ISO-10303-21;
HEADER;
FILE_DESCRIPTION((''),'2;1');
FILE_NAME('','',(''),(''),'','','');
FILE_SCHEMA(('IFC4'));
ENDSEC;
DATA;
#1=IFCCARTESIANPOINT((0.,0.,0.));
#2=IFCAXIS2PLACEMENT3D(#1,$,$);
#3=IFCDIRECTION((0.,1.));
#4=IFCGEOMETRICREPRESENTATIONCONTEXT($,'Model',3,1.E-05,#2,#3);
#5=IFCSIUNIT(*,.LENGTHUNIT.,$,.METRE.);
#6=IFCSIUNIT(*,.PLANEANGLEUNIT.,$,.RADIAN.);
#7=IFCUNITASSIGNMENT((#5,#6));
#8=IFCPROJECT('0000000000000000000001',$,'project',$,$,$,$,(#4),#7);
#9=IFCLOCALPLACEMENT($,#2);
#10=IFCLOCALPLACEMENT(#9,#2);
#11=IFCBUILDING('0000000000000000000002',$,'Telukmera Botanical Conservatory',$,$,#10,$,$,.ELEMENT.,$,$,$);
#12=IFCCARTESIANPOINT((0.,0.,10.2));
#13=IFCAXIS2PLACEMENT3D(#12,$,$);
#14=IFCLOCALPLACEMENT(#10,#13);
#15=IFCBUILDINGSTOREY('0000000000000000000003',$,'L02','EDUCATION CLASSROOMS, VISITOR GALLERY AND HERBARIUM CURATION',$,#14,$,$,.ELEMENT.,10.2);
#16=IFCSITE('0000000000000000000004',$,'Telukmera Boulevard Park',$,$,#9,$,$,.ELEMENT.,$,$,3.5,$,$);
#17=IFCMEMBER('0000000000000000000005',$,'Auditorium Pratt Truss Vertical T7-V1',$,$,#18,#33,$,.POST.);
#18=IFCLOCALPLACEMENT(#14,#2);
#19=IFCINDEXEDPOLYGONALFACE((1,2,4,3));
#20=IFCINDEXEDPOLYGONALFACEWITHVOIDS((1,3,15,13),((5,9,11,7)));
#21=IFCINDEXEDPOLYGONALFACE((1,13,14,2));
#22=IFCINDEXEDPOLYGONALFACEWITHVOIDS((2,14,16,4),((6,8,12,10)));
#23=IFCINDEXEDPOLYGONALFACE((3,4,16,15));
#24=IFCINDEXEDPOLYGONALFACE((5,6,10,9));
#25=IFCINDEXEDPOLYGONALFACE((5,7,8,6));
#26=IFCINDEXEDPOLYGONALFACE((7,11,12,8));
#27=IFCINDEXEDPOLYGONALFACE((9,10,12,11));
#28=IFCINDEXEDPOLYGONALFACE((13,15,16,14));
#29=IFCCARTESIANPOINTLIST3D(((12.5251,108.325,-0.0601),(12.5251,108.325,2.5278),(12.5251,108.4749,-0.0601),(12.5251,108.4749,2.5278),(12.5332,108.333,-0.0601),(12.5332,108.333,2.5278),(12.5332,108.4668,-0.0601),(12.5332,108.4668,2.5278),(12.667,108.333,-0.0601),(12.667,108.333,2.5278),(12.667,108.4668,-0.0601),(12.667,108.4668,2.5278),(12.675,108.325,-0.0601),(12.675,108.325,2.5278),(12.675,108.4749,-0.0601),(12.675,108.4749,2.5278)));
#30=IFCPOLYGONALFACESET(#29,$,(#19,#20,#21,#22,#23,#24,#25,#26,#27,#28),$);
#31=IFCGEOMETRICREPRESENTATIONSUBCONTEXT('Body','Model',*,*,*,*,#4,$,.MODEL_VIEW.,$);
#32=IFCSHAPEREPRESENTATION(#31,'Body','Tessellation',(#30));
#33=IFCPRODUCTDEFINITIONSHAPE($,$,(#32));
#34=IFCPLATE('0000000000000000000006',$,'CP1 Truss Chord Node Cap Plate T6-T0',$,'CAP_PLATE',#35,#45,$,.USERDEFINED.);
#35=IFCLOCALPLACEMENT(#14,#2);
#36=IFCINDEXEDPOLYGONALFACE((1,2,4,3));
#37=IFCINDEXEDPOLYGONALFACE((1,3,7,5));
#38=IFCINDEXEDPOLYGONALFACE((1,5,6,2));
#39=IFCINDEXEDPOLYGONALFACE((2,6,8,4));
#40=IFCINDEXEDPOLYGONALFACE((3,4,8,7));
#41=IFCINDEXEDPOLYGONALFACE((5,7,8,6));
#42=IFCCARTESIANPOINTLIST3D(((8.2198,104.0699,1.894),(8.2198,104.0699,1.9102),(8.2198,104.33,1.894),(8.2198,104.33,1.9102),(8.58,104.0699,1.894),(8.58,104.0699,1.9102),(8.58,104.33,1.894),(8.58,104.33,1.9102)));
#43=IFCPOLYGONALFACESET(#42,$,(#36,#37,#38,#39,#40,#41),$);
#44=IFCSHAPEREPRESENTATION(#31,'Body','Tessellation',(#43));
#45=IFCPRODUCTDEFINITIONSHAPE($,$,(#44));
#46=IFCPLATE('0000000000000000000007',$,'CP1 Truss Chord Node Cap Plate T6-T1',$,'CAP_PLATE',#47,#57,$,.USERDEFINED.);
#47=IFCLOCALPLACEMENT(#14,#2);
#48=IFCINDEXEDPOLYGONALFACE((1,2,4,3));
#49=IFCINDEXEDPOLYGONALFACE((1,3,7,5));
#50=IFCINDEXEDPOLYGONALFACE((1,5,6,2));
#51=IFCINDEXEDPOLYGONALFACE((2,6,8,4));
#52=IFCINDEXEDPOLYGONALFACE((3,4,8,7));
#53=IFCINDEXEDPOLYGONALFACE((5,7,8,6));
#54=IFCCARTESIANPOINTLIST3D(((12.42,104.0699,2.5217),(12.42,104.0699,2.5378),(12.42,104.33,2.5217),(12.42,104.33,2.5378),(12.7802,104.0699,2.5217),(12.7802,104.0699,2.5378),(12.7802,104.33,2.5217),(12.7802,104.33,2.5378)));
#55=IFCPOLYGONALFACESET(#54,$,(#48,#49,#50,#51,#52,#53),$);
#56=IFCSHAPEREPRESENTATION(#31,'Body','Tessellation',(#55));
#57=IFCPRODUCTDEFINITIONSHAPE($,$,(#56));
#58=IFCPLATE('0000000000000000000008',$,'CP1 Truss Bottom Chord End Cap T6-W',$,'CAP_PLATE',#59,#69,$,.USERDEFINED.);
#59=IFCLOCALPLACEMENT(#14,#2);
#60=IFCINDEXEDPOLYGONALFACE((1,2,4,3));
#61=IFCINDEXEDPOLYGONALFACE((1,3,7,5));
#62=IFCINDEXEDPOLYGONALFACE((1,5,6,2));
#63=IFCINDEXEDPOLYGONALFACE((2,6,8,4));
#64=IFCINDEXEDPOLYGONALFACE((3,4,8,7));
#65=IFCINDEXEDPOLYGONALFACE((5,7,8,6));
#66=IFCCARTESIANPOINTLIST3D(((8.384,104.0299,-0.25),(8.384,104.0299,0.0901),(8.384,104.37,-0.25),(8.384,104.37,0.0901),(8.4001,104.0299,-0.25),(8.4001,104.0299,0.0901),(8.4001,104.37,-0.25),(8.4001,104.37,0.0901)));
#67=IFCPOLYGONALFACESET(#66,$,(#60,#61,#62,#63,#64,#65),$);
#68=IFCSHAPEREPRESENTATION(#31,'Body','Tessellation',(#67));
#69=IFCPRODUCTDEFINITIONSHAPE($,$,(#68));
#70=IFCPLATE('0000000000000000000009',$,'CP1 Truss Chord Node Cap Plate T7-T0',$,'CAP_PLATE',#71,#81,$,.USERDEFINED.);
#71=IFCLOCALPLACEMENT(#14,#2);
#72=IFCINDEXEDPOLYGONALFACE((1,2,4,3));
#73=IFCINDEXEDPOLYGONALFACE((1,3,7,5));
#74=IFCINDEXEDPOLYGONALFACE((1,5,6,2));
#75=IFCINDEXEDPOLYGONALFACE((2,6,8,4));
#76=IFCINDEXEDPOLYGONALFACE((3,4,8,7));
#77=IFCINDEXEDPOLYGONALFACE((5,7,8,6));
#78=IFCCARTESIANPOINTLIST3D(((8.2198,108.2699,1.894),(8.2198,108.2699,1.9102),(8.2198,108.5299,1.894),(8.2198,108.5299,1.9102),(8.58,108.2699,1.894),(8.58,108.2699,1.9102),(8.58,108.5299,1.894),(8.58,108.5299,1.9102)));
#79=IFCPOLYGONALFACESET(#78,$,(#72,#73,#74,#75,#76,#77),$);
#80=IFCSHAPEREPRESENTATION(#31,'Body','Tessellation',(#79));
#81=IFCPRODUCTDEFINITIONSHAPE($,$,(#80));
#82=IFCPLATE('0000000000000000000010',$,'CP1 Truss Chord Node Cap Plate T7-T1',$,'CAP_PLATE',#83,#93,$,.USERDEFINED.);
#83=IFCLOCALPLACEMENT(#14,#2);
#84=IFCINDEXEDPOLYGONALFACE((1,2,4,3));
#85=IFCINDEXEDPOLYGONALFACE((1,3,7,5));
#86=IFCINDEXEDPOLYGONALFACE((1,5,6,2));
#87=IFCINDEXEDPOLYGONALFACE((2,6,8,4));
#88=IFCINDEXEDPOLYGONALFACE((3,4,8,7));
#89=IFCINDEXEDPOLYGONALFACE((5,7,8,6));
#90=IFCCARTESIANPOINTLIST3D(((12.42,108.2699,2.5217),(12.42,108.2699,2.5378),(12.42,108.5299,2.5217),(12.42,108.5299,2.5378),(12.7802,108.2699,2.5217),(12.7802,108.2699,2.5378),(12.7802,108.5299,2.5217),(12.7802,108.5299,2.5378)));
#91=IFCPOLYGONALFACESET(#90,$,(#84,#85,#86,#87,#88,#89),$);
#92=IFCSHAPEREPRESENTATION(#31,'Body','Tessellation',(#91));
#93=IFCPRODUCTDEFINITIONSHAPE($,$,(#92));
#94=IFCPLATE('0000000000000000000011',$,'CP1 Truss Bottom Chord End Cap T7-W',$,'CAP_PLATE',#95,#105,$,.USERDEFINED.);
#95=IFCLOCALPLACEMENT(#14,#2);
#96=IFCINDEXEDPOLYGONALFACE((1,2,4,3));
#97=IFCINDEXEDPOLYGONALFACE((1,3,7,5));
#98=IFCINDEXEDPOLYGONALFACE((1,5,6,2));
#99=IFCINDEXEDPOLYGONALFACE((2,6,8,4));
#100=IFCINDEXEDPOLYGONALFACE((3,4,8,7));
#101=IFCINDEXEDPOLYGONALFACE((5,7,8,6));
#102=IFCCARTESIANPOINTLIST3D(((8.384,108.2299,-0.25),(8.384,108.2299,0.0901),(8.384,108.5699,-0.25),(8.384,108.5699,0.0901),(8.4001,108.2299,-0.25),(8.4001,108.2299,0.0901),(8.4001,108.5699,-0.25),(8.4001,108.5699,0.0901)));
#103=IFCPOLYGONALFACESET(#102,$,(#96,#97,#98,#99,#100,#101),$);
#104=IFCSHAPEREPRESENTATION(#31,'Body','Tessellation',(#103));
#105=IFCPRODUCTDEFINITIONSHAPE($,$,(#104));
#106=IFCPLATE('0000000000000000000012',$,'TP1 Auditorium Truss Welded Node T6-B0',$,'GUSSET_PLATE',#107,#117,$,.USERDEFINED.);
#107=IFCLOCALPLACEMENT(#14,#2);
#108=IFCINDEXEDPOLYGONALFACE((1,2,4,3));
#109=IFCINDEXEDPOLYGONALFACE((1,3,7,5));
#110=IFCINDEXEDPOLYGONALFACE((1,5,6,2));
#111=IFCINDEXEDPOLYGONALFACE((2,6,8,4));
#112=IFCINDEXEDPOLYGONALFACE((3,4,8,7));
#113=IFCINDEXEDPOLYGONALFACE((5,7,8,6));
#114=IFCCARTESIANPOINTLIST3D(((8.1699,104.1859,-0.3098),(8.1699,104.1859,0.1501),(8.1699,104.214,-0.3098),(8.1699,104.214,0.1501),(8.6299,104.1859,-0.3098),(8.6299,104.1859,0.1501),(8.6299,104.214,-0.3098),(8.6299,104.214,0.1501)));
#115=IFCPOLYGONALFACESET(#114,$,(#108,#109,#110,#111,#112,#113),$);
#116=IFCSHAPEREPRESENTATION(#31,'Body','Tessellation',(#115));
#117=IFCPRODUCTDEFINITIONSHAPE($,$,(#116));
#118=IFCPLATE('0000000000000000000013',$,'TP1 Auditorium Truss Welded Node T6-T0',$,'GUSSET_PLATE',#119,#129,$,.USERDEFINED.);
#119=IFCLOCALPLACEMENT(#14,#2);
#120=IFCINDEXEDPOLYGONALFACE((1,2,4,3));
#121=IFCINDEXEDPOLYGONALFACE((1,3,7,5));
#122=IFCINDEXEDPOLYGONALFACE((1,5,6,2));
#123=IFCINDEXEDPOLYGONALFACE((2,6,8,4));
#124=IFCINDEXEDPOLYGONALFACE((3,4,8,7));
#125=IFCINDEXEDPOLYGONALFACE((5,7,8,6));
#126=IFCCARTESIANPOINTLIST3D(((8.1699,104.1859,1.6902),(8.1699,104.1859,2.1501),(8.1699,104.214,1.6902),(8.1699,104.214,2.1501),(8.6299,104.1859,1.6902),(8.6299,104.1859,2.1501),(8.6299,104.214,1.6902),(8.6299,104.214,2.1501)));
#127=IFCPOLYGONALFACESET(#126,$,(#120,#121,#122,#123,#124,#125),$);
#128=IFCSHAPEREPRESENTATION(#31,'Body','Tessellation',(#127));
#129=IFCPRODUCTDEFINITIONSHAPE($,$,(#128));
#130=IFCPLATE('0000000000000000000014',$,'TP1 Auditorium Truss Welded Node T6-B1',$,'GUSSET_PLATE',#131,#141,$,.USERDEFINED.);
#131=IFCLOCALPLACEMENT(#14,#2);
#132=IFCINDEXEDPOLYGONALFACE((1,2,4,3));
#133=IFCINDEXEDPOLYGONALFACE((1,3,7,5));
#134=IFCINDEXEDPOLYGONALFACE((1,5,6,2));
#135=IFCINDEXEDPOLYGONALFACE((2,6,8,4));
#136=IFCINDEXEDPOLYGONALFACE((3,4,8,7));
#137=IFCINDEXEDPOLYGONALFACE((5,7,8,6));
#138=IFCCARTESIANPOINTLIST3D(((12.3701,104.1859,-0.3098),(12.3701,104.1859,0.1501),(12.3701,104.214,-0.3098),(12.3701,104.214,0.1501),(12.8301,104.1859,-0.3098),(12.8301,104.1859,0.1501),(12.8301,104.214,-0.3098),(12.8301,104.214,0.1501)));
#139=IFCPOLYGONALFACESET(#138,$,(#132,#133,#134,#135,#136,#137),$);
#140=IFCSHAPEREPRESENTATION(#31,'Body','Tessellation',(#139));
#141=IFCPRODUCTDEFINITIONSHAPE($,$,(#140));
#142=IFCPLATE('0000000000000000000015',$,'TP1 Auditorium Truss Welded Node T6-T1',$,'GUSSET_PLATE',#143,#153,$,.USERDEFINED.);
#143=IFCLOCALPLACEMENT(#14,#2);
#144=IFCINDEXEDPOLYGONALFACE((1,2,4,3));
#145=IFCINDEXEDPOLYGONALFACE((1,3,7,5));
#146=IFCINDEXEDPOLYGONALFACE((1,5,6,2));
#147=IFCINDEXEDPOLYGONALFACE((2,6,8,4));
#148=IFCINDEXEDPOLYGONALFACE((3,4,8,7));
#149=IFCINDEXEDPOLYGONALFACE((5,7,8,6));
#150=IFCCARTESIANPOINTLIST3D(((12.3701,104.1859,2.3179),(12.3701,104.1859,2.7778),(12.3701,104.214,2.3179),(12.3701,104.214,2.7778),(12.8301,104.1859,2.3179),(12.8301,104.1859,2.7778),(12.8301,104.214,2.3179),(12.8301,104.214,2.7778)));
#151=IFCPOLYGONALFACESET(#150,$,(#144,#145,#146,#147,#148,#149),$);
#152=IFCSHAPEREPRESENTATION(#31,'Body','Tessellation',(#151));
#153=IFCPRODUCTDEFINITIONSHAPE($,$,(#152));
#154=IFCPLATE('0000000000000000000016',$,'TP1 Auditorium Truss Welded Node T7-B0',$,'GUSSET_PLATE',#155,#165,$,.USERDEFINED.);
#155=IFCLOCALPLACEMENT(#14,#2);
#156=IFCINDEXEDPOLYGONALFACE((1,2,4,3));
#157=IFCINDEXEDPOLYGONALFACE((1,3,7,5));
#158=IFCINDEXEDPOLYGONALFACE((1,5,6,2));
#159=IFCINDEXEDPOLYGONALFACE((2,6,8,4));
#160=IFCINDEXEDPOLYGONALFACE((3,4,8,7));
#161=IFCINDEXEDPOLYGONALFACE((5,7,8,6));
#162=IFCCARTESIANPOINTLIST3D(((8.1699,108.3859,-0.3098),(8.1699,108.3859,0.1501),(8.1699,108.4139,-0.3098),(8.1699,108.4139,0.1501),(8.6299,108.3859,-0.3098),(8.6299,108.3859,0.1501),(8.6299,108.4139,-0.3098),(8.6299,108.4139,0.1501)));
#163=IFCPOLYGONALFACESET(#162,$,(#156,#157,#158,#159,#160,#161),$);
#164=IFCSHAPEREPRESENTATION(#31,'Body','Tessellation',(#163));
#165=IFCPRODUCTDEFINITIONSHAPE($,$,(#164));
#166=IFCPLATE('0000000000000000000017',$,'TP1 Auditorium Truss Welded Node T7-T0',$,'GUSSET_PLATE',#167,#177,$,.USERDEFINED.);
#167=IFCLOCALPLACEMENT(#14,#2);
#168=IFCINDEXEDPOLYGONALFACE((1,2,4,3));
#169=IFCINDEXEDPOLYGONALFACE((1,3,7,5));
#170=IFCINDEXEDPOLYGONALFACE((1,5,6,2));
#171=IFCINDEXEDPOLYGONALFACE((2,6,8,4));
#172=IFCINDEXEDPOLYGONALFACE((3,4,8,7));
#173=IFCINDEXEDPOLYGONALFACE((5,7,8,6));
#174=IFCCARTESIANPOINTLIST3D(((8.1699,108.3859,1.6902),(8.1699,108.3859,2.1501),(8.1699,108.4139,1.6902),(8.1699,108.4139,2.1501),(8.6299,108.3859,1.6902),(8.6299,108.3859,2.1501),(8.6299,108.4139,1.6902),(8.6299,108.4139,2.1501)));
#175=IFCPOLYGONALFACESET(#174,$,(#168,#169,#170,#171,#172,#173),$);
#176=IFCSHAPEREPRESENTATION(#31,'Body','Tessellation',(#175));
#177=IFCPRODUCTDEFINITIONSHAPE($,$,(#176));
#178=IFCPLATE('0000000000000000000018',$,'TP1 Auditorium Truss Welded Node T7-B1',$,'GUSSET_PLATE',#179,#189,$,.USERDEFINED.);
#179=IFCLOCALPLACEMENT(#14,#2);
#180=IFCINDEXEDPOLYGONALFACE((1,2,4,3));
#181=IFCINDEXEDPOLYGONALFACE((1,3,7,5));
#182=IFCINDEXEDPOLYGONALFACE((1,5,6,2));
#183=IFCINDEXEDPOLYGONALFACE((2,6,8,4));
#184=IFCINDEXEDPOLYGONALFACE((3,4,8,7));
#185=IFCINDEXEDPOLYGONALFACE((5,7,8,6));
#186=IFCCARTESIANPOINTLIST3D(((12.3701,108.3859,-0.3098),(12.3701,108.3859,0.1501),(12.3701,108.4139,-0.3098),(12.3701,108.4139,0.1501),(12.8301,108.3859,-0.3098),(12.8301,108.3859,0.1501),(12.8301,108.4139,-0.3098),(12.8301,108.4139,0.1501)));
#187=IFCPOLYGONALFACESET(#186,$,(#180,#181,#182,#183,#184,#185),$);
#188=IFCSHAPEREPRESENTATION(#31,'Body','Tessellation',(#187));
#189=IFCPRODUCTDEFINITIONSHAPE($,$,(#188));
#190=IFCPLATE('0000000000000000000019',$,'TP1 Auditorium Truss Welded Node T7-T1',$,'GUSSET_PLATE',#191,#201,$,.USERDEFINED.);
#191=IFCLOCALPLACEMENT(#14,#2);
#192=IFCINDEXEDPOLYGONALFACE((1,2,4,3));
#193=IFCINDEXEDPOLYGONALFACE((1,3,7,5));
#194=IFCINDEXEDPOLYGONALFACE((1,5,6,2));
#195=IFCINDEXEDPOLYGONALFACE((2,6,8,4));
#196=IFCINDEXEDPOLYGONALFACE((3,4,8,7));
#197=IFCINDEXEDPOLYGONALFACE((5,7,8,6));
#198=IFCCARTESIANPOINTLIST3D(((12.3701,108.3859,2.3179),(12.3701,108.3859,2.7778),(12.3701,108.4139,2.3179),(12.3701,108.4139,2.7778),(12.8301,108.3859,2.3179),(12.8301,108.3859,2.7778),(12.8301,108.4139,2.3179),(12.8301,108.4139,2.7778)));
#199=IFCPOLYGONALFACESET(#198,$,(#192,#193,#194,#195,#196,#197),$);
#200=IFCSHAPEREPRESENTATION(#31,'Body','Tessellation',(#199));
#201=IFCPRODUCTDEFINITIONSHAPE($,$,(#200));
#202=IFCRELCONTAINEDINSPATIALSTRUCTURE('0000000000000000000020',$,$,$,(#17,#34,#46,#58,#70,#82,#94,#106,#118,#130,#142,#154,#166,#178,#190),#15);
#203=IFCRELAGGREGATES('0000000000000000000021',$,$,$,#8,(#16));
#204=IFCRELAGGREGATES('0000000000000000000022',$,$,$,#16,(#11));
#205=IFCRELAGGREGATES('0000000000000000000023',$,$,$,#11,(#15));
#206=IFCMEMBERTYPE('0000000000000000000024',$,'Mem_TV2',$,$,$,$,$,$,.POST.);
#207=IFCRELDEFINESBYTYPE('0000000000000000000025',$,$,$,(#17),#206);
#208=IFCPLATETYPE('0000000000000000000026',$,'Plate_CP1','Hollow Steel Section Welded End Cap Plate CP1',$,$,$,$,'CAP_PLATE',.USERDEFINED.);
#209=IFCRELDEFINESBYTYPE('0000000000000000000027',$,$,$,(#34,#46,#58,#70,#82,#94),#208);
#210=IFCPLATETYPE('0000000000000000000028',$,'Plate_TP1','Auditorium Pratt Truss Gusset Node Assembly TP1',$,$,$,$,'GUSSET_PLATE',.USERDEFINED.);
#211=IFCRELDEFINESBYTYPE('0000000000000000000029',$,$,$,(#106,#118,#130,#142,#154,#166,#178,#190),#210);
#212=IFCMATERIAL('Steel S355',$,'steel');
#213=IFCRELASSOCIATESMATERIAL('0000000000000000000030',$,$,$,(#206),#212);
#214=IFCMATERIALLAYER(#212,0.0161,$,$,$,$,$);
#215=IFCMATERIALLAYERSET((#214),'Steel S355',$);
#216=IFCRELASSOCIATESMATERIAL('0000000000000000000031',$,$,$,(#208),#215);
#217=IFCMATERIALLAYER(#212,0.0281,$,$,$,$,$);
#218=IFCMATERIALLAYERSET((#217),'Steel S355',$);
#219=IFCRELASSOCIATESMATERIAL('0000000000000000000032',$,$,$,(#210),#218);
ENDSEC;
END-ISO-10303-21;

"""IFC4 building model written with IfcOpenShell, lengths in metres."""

from ifc_helpers import new_model, si_unit, direction, frame, origin, origin_2d, place, context, subcontext, project, spatial, rectangle, hollow_rectangle, extrude, material, layer, layer_set, material_profile, profile_set, type_object, element, save


model = new_model("IFC4")

# Units and contexts
model_context = context("Model", 3, precision=1e-05, world=origin(), true_north=direction((0.0, 1.0)))
body_context = subcontext(model_context, "Body", "Model", "MODEL_VIEW")
ifc_project = project(units=[si_unit("LENGTHUNIT", "METRE"), si_unit("PLANEANGLEUNIT", "RADIAN")], contexts=[model_context])

# Site, building, storey
site_placement = place(None, origin())
site = spatial("IfcSite", under=ifc_project, at=site_placement, Name="Telukmera Boulevard Park", CompositionType="ELEMENT", RefElevation=3.5)
building_placement = place(site_placement, origin())
building = spatial("IfcBuilding", under=site, at=building_placement, Name="Telukmera Botanical Conservatory", CompositionType="ELEMENT")
storey_placement = place(building_placement, frame((0.0, 0.0, 10.2)))
storey = spatial("IfcBuildingStorey", under=building, at=storey_placement, Name="L02", Description="EDUCATION CLASSROOMS, VISITOR GALLERY AND HERBARIUM CURATION", CompositionType="ELEMENT", Elevation=10.2)

# Member
ifc_material_1 = material(Name="Steel S355", Category="steel")
ifc_material_profile_1 = material_profile(ifc_material_1, hollow_rectangle(XDim=0.1499, YDim=0.1499, WallThickness=0.0081, at=origin_2d()), Name="SHS 150x150x8.0")
ifc_profile_set_1 = profile_set([ifc_material_profile_1], Name="Steel S355")
member_type_1 = type_object("IfcMemberType", Name="Mem_TV2", PredefinedType="POST", material=ifc_profile_set_1)
for number, where, z_axis, x_axis, name in (
    (1, (12.6001, 108.3999, -0.0601), (0.0, 0.0, 1.0), (1.0, 0.0, 0.0), "Auditorium Pratt Truss Vertical T7-V1"),
):
    element("IfcMember", number, at=place(storey_placement, frame(where, z_axis=z_axis, x_axis=x_axis)), inside=storey, type_object=member_type_1, Name=name, PredefinedType="POST", context=body_context, shape_type="SweptSolid", body=[
        extrude(hollow_rectangle(XDim=0.1499, YDim=0.1499, WallThickness=0.0081, at=origin_2d()), origin(), (0.0, 0.0, 1.0), 2.5879),
    ])

# Plates
ifc_layer_1 = layer(ifc_material_1, 0.0161)
ifc_layer_set_1 = layer_set([ifc_layer_1], Name="Steel S355")
plate_type_1 = type_object("IfcPlateType", Name="Plate_CP1", Description="Hollow Steel Section Welded End Cap Plate CP1", ElementType="CAP_PLATE", PredefinedType="USERDEFINED", material=ifc_layer_set_1)
for number, where, z_axis, x_axis, name in (
    (2, (8.3999, 104.2, 1.894), (0.0, 0.0, 1.0), (1.0, 0.0, 0.0), "CP1 Truss Chord Node Cap Plate T6-T0"),
    (3, (12.6001, 104.2, 2.5217), (0.0, 0.0, 1.0), (1.0, 0.0, 0.0), "CP1 Truss Chord Node Cap Plate T6-T1"),
):
    element("IfcPlate", number, at=place(storey_placement, frame(where, z_axis=z_axis, x_axis=x_axis)), inside=storey, type_object=plate_type_1, Name=name, ObjectType="CAP_PLATE", PredefinedType="USERDEFINED", context=body_context, shape_type="SweptSolid", body=[
        extrude(rectangle(XDim=0.3601, YDim=0.26, at=origin_2d()), origin(), (0.0, 0.0, 1.0), 0.0161),
    ])
plate_1_placement = place(storey_placement, frame((8.3921, 104.2, -0.25), z_axis=(0.0, 0.0, 1.0), x_axis=(1.0, 0.0, 0.0)))
element("IfcPlate", 4, at=plate_1_placement, inside=storey, type_object=plate_type_1, Name="CP1 Truss Bottom Chord End Cap T6-W", ObjectType="CAP_PLATE", PredefinedType="USERDEFINED", context=body_context, shape_type="SweptSolid", body=[
    extrude(rectangle(XDim=0.0161, YDim=0.3401, at=origin_2d()), origin(), (0.0, 0.0, 1.0), 0.3401),
])
for number, where, z_axis, x_axis, name in (
    (5, (8.3999, 108.3999, 1.894), (0.0, 0.0, 1.0), (1.0, 0.0, 0.0), "CP1 Truss Chord Node Cap Plate T7-T0"),
    (6, (12.6001, 108.3999, 2.5217), (0.0, 0.0, 1.0), (1.0, 0.0, 0.0), "CP1 Truss Chord Node Cap Plate T7-T1"),
):
    element("IfcPlate", number, at=place(storey_placement, frame(where, z_axis=z_axis, x_axis=x_axis)), inside=storey, type_object=plate_type_1, Name=name, ObjectType="CAP_PLATE", PredefinedType="USERDEFINED", context=body_context, shape_type="SweptSolid", body=[
        extrude(rectangle(XDim=0.3601, YDim=0.26, at=origin_2d()), origin(), (0.0, 0.0, 1.0), 0.0161),
    ])
plate_2_placement = place(storey_placement, frame((8.3921, 108.3999, -0.25), z_axis=(0.0, 0.0, 1.0), x_axis=(1.0, 0.0, 0.0)))
element("IfcPlate", 7, at=plate_2_placement, inside=storey, type_object=plate_type_1, Name="CP1 Truss Bottom Chord End Cap T7-W", ObjectType="CAP_PLATE", PredefinedType="USERDEFINED", context=body_context, shape_type="SweptSolid", body=[
    extrude(rectangle(XDim=0.0161, YDim=0.3401, at=origin_2d()), origin(), (0.0, 0.0, 1.0), 0.3401),
])
ifc_layer_2 = layer(ifc_material_1, 0.0281)
ifc_layer_set_2 = layer_set([ifc_layer_2], Name="Steel S355")
plate_type_2 = type_object("IfcPlateType", Name="Plate_TP1", Description="Auditorium Pratt Truss Gusset Node Assembly TP1", ElementType="GUSSET_PLATE", PredefinedType="USERDEFINED", material=ifc_layer_set_2)
for number, where, z_axis, x_axis, name in (
    (8, (8.3999, 104.2, -0.3098), (0.0, 0.0, 1.0), (1.0, 0.0, 0.0), "TP1 Auditorium Truss Welded Node T6-B0"),
    (9, (8.3999, 104.2, 1.6902), (0.0, 0.0, 1.0), (1.0, 0.0, 0.0), "TP1 Auditorium Truss Welded Node T6-T0"),
    (10, (12.6001, 104.2, -0.3098), (0.0, 0.0, 1.0), (1.0, 0.0, 0.0), "TP1 Auditorium Truss Welded Node T6-B1"),
    (11, (12.6001, 104.2, 2.3179), (0.0, 0.0, 1.0), (1.0, 0.0, 0.0), "TP1 Auditorium Truss Welded Node T6-T1"),
    (12, (8.3999, 108.3999, -0.3098), (0.0, 0.0, 1.0), (1.0, 0.0, 0.0), "TP1 Auditorium Truss Welded Node T7-B0"),
    (13, (8.3999, 108.3999, 1.6902), (0.0, 0.0, 1.0), (1.0, 0.0, 0.0), "TP1 Auditorium Truss Welded Node T7-T0"),
    (14, (12.6001, 108.3999, -0.3098), (0.0, 0.0, 1.0), (1.0, 0.0, 0.0), "TP1 Auditorium Truss Welded Node T7-B1"),
    (15, (12.6001, 108.3999, 2.3179), (0.0, 0.0, 1.0), (1.0, 0.0, 0.0), "TP1 Auditorium Truss Welded Node T7-T1"),
):
    element("IfcPlate", number, at=place(storey_placement, frame(where, z_axis=z_axis, x_axis=x_axis)), inside=storey, type_object=plate_type_2, Name=name, ObjectType="GUSSET_PLATE", PredefinedType="USERDEFINED", context=body_context, shape_type="SweptSolid", body=[
        extrude(rectangle(XDim=0.46, YDim=0.0281, at=origin_2d()), origin(), (0.0, 0.0, 1.0), 0.46),
    ])

save(model, "model.ifc")
